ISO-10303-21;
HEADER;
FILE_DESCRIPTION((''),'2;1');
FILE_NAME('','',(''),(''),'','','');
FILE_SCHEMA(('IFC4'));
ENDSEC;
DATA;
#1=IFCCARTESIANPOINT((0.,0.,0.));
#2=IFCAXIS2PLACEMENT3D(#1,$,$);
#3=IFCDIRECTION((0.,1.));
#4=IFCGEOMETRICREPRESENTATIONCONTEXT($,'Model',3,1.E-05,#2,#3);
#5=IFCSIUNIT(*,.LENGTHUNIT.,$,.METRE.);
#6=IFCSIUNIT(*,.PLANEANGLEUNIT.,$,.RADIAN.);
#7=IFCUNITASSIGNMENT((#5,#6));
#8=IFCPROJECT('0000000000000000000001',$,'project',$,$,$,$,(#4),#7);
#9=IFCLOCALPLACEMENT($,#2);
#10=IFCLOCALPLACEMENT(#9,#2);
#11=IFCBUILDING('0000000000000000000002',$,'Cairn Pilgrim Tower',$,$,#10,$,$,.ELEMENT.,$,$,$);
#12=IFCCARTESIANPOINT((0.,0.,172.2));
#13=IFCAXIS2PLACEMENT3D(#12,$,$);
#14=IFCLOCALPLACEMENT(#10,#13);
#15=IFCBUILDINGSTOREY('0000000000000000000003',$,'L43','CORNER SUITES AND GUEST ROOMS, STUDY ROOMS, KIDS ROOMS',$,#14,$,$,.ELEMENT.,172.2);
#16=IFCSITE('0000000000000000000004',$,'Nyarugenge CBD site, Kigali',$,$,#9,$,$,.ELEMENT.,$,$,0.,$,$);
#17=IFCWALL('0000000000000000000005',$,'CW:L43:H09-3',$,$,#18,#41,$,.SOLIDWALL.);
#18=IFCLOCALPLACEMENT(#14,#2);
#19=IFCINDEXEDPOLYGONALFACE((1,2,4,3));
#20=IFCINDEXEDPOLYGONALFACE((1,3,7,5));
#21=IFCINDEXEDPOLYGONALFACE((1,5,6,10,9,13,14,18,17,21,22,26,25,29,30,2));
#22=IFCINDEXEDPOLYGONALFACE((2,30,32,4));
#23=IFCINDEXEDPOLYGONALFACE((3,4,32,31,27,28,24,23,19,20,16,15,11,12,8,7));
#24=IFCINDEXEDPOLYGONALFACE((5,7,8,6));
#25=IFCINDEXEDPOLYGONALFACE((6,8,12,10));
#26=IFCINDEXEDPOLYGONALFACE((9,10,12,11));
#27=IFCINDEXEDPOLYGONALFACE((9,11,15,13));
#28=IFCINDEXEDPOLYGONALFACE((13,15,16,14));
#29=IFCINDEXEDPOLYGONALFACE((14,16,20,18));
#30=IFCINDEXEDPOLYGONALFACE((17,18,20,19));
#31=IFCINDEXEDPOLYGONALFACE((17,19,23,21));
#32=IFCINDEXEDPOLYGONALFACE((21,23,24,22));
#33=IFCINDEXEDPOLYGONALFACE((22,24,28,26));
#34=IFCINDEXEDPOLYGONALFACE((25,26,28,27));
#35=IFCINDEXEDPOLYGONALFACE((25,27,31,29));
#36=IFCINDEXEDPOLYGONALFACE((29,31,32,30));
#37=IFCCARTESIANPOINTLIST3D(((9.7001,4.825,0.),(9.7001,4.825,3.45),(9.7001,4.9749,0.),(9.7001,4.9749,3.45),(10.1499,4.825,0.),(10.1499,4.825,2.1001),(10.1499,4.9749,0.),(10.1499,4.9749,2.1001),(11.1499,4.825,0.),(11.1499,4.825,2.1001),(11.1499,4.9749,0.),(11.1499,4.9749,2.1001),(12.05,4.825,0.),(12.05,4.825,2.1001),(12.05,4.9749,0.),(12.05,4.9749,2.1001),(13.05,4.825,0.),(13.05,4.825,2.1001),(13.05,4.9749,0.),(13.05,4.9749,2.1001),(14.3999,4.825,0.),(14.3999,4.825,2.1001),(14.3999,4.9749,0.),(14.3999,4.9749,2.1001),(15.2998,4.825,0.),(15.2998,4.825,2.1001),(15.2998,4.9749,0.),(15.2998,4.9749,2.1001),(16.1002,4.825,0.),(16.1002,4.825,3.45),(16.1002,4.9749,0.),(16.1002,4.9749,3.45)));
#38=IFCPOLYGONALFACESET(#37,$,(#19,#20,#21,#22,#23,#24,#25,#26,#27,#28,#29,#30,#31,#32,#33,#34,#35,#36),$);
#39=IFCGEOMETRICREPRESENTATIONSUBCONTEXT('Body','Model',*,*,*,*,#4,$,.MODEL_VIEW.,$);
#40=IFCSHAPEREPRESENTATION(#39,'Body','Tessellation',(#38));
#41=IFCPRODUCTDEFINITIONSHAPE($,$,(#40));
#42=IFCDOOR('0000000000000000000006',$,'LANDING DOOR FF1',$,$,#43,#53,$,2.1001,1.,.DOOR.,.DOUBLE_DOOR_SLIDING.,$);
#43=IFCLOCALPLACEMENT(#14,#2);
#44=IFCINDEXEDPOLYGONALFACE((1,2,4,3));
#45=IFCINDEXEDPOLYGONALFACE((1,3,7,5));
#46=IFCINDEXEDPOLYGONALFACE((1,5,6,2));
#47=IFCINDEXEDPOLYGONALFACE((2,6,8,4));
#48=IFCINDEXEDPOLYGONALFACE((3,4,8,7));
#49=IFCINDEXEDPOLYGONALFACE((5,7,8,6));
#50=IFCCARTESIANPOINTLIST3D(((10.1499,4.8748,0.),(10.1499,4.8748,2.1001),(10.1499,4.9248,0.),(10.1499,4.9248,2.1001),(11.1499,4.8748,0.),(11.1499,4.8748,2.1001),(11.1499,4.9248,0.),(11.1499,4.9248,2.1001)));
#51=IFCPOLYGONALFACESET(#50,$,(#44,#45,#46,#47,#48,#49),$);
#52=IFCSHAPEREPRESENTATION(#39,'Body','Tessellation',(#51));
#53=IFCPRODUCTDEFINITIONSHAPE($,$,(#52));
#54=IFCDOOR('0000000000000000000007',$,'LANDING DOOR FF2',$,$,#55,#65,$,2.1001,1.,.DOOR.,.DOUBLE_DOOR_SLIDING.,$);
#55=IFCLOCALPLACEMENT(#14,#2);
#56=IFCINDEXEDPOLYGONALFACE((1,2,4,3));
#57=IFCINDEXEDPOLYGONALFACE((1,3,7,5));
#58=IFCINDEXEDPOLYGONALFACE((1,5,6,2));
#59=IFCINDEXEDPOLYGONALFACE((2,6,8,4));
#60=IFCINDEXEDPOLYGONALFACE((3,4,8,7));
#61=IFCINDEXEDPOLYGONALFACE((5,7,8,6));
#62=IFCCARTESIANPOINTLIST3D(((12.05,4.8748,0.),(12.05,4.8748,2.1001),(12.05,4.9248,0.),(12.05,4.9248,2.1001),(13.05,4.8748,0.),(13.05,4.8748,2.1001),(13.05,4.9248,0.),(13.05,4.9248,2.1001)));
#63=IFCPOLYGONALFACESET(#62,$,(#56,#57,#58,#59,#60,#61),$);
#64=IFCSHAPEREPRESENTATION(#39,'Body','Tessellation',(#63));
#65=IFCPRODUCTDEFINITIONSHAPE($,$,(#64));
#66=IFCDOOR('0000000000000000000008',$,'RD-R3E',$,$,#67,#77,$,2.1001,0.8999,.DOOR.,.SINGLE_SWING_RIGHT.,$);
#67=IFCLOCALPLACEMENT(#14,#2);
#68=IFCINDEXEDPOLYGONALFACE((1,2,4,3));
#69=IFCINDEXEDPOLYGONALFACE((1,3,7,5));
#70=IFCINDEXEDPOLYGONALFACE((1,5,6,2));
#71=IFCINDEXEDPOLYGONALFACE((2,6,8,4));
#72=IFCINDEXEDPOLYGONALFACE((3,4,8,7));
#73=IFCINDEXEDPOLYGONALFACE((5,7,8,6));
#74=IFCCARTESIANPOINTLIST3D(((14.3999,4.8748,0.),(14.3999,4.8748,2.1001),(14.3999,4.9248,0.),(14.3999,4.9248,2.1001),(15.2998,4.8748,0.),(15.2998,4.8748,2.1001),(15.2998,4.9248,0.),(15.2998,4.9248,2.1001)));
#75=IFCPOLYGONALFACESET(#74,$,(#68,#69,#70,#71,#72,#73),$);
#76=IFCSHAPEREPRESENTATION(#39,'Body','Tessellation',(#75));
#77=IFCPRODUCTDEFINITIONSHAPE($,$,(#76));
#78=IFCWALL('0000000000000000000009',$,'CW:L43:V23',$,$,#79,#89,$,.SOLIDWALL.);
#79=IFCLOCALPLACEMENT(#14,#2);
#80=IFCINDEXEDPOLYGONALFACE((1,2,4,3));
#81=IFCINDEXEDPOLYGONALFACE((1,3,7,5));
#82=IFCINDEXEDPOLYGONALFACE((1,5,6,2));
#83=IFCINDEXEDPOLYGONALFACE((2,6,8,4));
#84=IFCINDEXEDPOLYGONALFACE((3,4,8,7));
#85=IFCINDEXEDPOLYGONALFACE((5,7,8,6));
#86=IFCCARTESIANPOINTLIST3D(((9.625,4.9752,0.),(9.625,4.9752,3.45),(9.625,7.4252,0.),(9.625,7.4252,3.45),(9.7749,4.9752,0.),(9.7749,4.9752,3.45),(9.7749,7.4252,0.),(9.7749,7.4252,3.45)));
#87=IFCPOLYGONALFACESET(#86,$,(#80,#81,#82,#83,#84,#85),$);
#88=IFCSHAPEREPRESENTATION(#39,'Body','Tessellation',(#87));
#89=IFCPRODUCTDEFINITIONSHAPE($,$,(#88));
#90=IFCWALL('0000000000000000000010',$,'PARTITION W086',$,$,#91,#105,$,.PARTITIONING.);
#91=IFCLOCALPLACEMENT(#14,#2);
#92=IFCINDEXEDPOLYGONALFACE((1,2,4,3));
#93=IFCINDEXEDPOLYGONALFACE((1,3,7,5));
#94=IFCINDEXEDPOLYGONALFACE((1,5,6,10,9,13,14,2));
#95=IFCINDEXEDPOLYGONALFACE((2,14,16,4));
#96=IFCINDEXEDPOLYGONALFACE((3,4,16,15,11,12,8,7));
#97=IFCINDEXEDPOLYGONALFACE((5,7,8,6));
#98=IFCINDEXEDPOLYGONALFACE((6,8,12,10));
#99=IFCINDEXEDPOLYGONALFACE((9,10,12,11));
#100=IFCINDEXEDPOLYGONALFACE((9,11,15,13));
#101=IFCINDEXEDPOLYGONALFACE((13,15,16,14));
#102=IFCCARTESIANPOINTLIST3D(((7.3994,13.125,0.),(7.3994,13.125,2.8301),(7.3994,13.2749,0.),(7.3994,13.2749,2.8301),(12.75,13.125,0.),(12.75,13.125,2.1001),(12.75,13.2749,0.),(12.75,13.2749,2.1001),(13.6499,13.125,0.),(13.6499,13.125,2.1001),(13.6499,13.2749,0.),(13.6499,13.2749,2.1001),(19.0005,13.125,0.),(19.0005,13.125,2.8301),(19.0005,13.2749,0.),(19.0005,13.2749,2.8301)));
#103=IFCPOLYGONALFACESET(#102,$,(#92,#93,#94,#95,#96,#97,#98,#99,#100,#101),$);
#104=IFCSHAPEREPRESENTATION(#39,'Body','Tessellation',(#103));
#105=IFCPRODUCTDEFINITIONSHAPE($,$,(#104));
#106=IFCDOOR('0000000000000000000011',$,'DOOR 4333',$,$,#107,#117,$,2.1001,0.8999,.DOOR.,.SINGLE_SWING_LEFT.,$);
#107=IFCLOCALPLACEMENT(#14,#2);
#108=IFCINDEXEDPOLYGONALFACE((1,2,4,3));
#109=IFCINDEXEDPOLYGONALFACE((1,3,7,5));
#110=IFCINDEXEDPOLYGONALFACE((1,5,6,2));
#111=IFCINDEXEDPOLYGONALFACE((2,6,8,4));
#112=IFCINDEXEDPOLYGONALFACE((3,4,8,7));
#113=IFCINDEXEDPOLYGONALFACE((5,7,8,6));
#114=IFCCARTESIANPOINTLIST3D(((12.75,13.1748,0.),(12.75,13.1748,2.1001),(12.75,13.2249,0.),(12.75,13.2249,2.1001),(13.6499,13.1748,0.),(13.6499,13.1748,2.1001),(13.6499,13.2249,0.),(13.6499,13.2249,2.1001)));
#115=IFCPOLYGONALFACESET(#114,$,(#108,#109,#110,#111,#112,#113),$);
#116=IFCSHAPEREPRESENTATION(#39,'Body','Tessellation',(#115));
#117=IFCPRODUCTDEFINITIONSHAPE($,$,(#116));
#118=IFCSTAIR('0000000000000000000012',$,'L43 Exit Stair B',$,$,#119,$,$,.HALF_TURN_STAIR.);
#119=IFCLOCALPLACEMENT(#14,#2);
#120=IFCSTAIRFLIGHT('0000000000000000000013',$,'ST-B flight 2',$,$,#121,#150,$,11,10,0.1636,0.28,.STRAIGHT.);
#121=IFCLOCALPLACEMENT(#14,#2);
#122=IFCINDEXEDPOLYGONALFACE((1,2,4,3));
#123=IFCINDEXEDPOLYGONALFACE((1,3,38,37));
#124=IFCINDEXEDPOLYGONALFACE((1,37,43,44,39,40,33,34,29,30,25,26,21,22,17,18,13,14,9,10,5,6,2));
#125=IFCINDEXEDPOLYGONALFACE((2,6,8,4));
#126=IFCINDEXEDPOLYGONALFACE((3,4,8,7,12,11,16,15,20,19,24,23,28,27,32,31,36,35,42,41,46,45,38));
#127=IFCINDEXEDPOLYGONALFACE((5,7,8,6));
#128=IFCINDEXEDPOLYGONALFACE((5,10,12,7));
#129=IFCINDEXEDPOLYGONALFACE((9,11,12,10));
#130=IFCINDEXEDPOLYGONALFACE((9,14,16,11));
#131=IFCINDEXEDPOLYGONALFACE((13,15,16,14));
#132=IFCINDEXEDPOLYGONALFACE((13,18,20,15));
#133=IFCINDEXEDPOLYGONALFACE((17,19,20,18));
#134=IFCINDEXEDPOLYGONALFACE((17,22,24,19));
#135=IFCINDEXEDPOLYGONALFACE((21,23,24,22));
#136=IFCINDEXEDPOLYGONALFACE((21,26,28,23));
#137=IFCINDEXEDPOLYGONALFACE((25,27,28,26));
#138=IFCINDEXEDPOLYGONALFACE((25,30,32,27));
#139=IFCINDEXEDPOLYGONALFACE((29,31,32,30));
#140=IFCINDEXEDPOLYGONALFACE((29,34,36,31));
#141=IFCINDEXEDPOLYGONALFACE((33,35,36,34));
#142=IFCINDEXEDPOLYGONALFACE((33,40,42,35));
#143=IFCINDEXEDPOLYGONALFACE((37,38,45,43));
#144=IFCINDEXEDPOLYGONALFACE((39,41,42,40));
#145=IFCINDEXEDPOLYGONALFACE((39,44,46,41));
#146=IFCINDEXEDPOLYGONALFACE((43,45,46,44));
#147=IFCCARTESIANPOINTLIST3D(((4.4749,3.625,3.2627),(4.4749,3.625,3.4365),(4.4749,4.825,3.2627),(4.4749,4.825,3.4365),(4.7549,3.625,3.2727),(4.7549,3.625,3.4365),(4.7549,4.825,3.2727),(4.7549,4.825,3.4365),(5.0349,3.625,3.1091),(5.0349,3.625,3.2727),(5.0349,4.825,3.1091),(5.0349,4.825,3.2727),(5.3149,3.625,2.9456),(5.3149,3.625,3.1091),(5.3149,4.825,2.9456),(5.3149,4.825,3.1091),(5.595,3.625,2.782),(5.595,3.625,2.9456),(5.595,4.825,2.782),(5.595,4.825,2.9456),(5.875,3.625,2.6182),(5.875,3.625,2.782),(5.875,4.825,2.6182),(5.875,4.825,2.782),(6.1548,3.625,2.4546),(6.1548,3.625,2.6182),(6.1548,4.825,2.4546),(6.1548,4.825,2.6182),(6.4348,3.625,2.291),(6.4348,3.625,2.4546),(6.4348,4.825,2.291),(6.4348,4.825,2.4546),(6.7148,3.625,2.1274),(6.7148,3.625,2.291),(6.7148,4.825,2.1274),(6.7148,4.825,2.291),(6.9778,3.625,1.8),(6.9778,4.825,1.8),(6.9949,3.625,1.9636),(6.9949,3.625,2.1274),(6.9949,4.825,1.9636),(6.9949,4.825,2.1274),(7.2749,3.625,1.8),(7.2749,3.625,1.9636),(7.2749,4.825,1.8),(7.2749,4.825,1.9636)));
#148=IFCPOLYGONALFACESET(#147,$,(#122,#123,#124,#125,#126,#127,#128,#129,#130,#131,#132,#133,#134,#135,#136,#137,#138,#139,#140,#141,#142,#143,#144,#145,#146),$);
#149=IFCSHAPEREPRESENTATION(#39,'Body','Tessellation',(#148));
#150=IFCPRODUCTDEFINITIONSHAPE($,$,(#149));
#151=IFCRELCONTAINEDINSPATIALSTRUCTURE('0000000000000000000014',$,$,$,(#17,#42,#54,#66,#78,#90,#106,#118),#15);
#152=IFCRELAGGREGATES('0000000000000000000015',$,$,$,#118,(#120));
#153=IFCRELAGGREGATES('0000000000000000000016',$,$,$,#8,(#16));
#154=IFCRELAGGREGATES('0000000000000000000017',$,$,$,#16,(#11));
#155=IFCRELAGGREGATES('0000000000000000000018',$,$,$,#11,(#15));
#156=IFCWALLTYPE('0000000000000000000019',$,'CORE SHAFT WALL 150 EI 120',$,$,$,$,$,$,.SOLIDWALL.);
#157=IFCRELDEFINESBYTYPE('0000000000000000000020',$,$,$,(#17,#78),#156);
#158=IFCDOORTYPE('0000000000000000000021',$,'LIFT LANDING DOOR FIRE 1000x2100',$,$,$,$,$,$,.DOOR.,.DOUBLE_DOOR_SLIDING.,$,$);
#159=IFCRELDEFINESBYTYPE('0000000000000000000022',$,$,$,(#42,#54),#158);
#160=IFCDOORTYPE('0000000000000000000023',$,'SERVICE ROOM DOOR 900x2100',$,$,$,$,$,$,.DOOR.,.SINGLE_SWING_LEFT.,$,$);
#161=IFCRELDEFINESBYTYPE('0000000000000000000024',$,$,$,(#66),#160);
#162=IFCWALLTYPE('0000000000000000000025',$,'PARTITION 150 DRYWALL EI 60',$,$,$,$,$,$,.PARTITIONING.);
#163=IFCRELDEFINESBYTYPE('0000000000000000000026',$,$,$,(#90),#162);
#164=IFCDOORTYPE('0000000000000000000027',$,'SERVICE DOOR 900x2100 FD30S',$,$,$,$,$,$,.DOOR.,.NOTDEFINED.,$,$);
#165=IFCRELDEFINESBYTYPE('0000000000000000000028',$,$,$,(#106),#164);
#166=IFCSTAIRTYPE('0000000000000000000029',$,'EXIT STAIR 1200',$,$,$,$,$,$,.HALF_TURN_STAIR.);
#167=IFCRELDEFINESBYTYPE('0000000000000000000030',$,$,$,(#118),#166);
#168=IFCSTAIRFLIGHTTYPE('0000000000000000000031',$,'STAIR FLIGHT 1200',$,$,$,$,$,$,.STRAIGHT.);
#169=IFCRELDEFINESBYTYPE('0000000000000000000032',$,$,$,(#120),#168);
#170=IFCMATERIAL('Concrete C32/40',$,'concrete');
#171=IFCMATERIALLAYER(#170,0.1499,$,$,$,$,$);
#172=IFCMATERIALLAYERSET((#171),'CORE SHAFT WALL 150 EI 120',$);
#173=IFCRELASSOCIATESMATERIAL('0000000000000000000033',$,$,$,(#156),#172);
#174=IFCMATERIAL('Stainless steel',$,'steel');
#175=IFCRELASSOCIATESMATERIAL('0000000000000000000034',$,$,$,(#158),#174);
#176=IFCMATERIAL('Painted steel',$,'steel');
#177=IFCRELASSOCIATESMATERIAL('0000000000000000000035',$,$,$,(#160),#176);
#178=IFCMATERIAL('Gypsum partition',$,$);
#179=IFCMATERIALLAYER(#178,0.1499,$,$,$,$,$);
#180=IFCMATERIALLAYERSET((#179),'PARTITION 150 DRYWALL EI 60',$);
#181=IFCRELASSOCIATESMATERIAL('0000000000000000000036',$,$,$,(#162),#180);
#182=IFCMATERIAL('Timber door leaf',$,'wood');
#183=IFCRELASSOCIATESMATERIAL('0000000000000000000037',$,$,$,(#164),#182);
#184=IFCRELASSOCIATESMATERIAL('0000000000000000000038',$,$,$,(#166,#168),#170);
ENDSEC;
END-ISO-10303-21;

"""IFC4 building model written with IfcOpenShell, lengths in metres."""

from ifc_helpers import new_model, si_unit, direction, frame, frame_2d, origin, place, context, subcontext, project, spatial, polyline, rectangle, outline, extrude, material, layer, layer_set, type_object, element, fill, aggregate, save


model = new_model("IFC4")

# Units and contexts
model_context = context("Model", 3, precision=1e-05, world=origin(), true_north=direction((0.0, 1.0)))
body_context = subcontext(model_context, "Body", "Model", "MODEL_VIEW")
ifc_project = project(units=[si_unit("LENGTHUNIT", "METRE"), si_unit("PLANEANGLEUNIT", "RADIAN")], contexts=[model_context])

# Site, building, storey
site_placement = place(None, origin())
site = spatial("IfcSite", under=ifc_project, at=site_placement, Name="Nyarugenge CBD site, Kigali", CompositionType="ELEMENT", RefElevation=0.0)
building_placement = place(site_placement, origin())
building = spatial("IfcBuilding", under=site, at=building_placement, Name="Cairn Pilgrim Tower", CompositionType="ELEMENT")
storey_placement = place(building_placement, frame((0.0, 0.0, 172.2)))
storey = spatial("IfcBuildingStorey", under=building, at=storey_placement, Name="L43", Description="CORNER SUITES AND GUEST ROOMS, STUDY ROOMS, KIDS ROOMS", CompositionType="ELEMENT", Elevation=172.2)

# Wall, openings, doors
ifc_material_1 = material(Name="Concrete C32/40", Category="concrete")
ifc_layer_1 = layer(ifc_material_1, 0.1499)
ifc_layer_set_1 = layer_set([ifc_layer_1], Name="CORE SHAFT WALL 150 EI 120")
wall_type_1 = type_object("IfcWallType", Name="CORE SHAFT WALL 150 EI 120", PredefinedType="SOLIDWALL", material=ifc_layer_set_1)
wall_1_placement = place(storey_placement, frame((9.7, 4.8999, 0.0), z_axis=(0.0, 0.0, 1.0), x_axis=(1.0, 0.0, 0.0)))
wall_1 = element("IfcWall", 1, at=wall_1_placement, inside=storey, type_object=wall_type_1, Name="CW:L43:H09-3", PredefinedType="SOLIDWALL", context=body_context, shape_type="SweptSolid", body=[
    extrude(rectangle(XDim=6.4001, YDim=0.1499, at=frame_2d((3.2002, 0.0))), origin(), (0.0, 0.0, 1.0), 3.45),
])
opening_1_placement = place(wall_1_placement, frame((0.45, 0.0, 0.0)))
opening_1 = element("IfcOpeningElement", 2, at=opening_1_placement, cuts=wall_1, PredefinedType="OPENING", context=body_context, shape_type="SweptSolid", body=[
    extrude(rectangle(XDim=1.0, YDim=2.1001, at=frame_2d((0.5, 1.05))), frame((0.0, 0.085, 0.0), z_axis=(0.0, -1.0, 0.0), x_axis=(1.0, 0.0, 0.0)), (0.0, 0.0, 1.0), 0.1699),
])
opening_2_placement = place(wall_1_placement, frame((2.3501, 0.0, 0.0)))
opening_2 = element("IfcOpeningElement", 3, at=opening_2_placement, cuts=wall_1, PredefinedType="OPENING", context=body_context, shape_type="SweptSolid", body=[
    extrude(rectangle(XDim=1.0, YDim=2.1001, at=frame_2d((0.5, 1.05))), frame((0.0, 0.085, 0.0), z_axis=(0.0, -1.0, 0.0), x_axis=(1.0, 0.0, 0.0)), (0.0, 0.0, 1.0), 0.1699),
])
opening_3_placement = place(wall_1_placement, frame((4.7, 0.0, 0.0)))
opening_3 = element("IfcOpeningElement", 4, at=opening_3_placement, cuts=wall_1, PredefinedType="OPENING", context=body_context, shape_type="SweptSolid", body=[
    extrude(rectangle(XDim=0.8999, YDim=2.1001, at=frame_2d((0.45, 1.05))), frame((0.0, 0.085, 0.0), z_axis=(0.0, -1.0, 0.0), x_axis=(1.0, 0.0, 0.0)), (0.0, 0.0, 1.0), 0.1699),
])
ifc_material_2 = material(Name="Stainless steel", Category="steel")
door_type_1 = type_object("IfcDoorType", Name="LIFT LANDING DOOR FIRE 1000x2100", OperationType="DOUBLE_DOOR_SLIDING", PredefinedType="DOOR", material=ifc_material_2)
door_1_placement = place(opening_1_placement, origin())
door_1 = element("IfcDoor", 5, at=door_1_placement, inside=storey, type_object=door_type_1, Name="LANDING DOOR FF1", OperationType="DOUBLE_DOOR_SLIDING", OverallHeight=2.1001, OverallWidth=1.0, PredefinedType="DOOR", context=body_context, shape_type="SweptSolid", body=[
    extrude(rectangle(XDim=1.0, YDim=2.1001, at=frame_2d((0.5, 1.05))), frame((0.0, 0.0249, 0.0), z_axis=(0.0, -1.0, 0.0), x_axis=(1.0, 0.0, 0.0)), (0.0, 0.0, 1.0), 0.05),
])
fill(opening_1, door_1)
door_2_placement = place(opening_2_placement, origin())
door_2 = element("IfcDoor", 6, at=door_2_placement, inside=storey, type_object=door_type_1, Name="LANDING DOOR FF2", OperationType="DOUBLE_DOOR_SLIDING", OverallHeight=2.1001, OverallWidth=1.0, PredefinedType="DOOR", context=body_context, shape_type="SweptSolid", body=[
    extrude(rectangle(XDim=1.0, YDim=2.1001, at=frame_2d((0.5, 1.05))), frame((0.0, 0.0249, 0.0), z_axis=(0.0, -1.0, 0.0), x_axis=(1.0, 0.0, 0.0)), (0.0, 0.0, 1.0), 0.05),
])
fill(opening_2, door_2)
ifc_material_3 = material(Name="Painted steel", Category="steel")
door_type_2 = type_object("IfcDoorType", Name="SERVICE ROOM DOOR 900x2100", OperationType="SINGLE_SWING_LEFT", PredefinedType="DOOR", material=ifc_material_3)
door_3_placement = place(opening_3_placement, origin())
door_3 = element("IfcDoor", 7, at=door_3_placement, inside=storey, type_object=door_type_2, Name="RD-R3E", OperationType="SINGLE_SWING_RIGHT", OverallHeight=2.1001, OverallWidth=0.8999, PredefinedType="DOOR", context=body_context, shape_type="SweptSolid", body=[
    extrude(rectangle(XDim=0.8999, YDim=2.1001, at=frame_2d((0.45, 1.05))), frame((0.0, 0.0249, 0.0), z_axis=(0.0, -1.0, 0.0), x_axis=(1.0, 0.0, 0.0)), (0.0, 0.0, 1.0), 0.05),
])
fill(opening_3, door_3)

# Wall
wall_2_placement = place(storey_placement, frame((9.7, 4.9751, 0.0), z_axis=(0.0, 0.0, 1.0), x_axis=(0.0, 1.0, 0.0)))
element("IfcWall", 8, at=wall_2_placement, inside=storey, type_object=wall_type_1, Name="CW:L43:V23", PredefinedType="SOLIDWALL", context=body_context, shape_type="SweptSolid", body=[
    extrude(rectangle(XDim=2.45, YDim=0.1499, at=frame_2d((1.2251, 0.0))), origin(), (0.0, 0.0, 1.0), 3.45),
])

# Wall, opening, door
ifc_material_4 = material(Name="Gypsum partition")
ifc_layer_2 = layer(ifc_material_4, 0.1499)
ifc_layer_set_2 = layer_set([ifc_layer_2], Name="PARTITION 150 DRYWALL EI 60")
wall_type_2 = type_object("IfcWallType", Name="PARTITION 150 DRYWALL EI 60", PredefinedType="PARTITIONING", material=ifc_layer_set_2)
wall_3_placement = place(storey_placement, frame((7.3994, 13.2, 0.0), z_axis=(0.0, 0.0, 1.0), x_axis=(1.0, 0.0, 0.0)))
wall_3 = element("IfcWall", 9, at=wall_3_placement, inside=storey, type_object=wall_type_2, Name="PARTITION W086", PredefinedType="PARTITIONING", context=body_context, shape_type="SweptSolid", body=[
    extrude(rectangle(XDim=11.6011, YDim=0.1499, at=frame_2d((5.8005, 0.0))), origin(), (0.0, 0.0, 1.0), 2.8301),
])
opening_4_placement = place(wall_3_placement, frame((5.3506, 0.0, 0.0)))
opening_4 = element("IfcOpeningElement", 10, at=opening_4_placement, cuts=wall_3, PredefinedType="OPENING", context=body_context, shape_type="SweptSolid", body=[
    extrude(rectangle(XDim=0.8999, YDim=2.1001, at=frame_2d((0.45, 1.05))), frame((0.0, 0.085, 0.0), z_axis=(0.0, -1.0, 0.0), x_axis=(1.0, 0.0, 0.0)), (0.0, 0.0, 1.0), 0.1699),
])
ifc_material_5 = material(Name="Timber door leaf", Category="wood")
door_type_3 = type_object("IfcDoorType", Name="SERVICE DOOR 900x2100 FD30S", OperationType="NOTDEFINED", PredefinedType="DOOR", material=ifc_material_5)
door_4_placement = place(opening_4_placement, origin())
door_4 = element("IfcDoor", 11, at=door_4_placement, inside=storey, type_object=door_type_3, Name="DOOR 4333", OperationType="SINGLE_SWING_LEFT", OverallHeight=2.1001, OverallWidth=0.8999, PredefinedType="DOOR", context=body_context, shape_type="SweptSolid", body=[
    extrude(rectangle(XDim=0.8999, YDim=2.1001, at=frame_2d((0.45, 1.05))), frame((0.0, 0.0249, 0.0), z_axis=(0.0, -1.0, 0.0), x_axis=(1.0, 0.0, 0.0)), (0.0, 0.0, 1.0), 0.05),
])
fill(opening_4, door_4)

# Stair, stair flight
stair_type = type_object("IfcStairType", Name="EXIT STAIR 1200", PredefinedType="HALF_TURN_STAIR", material=ifc_material_1)
stair_1_placement = place(storey_placement, origin())
stair_1 = element("IfcStair", 12, at=stair_1_placement, inside=storey, type_object=stair_type, Name="L43 Exit Stair B", PredefinedType="HALF_TURN_STAIR")
stair_flight_type = type_object("IfcStairFlightType", Name="STAIR FLIGHT 1200", PredefinedType="STRAIGHT", material=ifc_material_1)
stair_flight_1_placement = place(storey_placement, frame((7.2749, 4.2251, 1.8), z_axis=(0.0, 0.0, 1.0), x_axis=(-1.0, 0.0, 0.0)))
stair_flight_1 = element("IfcStairFlight", 13, at=stair_flight_1_placement, type_object=stair_flight_type, Name="ST-B flight 2", NumberOfRisers=11, NumberOfTreads=10, PredefinedType="STRAIGHT", RiserHeight=0.1636, TreadLength=0.28, context=body_context, shape_type="SweptSolid", body=[
    extrude(outline(polyline([(0.0, 0.0), (0.0, 0.1636), (0.28, 0.1636), (0.28, 0.3274), (0.5601, 0.3274), (0.5601, 0.491), (0.8401, 0.491), (0.8401, 0.6545), (1.1201, 0.6545), (1.1201, 0.8181), (1.3999, 0.8181), (1.3999, 0.9819), (1.6799, 0.9819), (1.6799, 1.1455), (1.96, 1.1455), (1.96, 1.3091), (2.24, 1.3091), (2.24, 1.4727), (2.52, 1.4727), (2.52, 1.6365), (2.8, 1.6365), (2.8, 1.8), (2.8, 1.4626), (0.2971, 0.0), (0.0, 0.0)])), frame((0.0, 0.6001, 0.0), z_axis=(0.0, -1.0, 0.0), x_axis=(1.0, 0.0, 0.0)), (0.0, 0.0, 1.0), 1.2),
])
aggregate(stair_1, [stair_flight_1])

save(model, "model.ifc")
